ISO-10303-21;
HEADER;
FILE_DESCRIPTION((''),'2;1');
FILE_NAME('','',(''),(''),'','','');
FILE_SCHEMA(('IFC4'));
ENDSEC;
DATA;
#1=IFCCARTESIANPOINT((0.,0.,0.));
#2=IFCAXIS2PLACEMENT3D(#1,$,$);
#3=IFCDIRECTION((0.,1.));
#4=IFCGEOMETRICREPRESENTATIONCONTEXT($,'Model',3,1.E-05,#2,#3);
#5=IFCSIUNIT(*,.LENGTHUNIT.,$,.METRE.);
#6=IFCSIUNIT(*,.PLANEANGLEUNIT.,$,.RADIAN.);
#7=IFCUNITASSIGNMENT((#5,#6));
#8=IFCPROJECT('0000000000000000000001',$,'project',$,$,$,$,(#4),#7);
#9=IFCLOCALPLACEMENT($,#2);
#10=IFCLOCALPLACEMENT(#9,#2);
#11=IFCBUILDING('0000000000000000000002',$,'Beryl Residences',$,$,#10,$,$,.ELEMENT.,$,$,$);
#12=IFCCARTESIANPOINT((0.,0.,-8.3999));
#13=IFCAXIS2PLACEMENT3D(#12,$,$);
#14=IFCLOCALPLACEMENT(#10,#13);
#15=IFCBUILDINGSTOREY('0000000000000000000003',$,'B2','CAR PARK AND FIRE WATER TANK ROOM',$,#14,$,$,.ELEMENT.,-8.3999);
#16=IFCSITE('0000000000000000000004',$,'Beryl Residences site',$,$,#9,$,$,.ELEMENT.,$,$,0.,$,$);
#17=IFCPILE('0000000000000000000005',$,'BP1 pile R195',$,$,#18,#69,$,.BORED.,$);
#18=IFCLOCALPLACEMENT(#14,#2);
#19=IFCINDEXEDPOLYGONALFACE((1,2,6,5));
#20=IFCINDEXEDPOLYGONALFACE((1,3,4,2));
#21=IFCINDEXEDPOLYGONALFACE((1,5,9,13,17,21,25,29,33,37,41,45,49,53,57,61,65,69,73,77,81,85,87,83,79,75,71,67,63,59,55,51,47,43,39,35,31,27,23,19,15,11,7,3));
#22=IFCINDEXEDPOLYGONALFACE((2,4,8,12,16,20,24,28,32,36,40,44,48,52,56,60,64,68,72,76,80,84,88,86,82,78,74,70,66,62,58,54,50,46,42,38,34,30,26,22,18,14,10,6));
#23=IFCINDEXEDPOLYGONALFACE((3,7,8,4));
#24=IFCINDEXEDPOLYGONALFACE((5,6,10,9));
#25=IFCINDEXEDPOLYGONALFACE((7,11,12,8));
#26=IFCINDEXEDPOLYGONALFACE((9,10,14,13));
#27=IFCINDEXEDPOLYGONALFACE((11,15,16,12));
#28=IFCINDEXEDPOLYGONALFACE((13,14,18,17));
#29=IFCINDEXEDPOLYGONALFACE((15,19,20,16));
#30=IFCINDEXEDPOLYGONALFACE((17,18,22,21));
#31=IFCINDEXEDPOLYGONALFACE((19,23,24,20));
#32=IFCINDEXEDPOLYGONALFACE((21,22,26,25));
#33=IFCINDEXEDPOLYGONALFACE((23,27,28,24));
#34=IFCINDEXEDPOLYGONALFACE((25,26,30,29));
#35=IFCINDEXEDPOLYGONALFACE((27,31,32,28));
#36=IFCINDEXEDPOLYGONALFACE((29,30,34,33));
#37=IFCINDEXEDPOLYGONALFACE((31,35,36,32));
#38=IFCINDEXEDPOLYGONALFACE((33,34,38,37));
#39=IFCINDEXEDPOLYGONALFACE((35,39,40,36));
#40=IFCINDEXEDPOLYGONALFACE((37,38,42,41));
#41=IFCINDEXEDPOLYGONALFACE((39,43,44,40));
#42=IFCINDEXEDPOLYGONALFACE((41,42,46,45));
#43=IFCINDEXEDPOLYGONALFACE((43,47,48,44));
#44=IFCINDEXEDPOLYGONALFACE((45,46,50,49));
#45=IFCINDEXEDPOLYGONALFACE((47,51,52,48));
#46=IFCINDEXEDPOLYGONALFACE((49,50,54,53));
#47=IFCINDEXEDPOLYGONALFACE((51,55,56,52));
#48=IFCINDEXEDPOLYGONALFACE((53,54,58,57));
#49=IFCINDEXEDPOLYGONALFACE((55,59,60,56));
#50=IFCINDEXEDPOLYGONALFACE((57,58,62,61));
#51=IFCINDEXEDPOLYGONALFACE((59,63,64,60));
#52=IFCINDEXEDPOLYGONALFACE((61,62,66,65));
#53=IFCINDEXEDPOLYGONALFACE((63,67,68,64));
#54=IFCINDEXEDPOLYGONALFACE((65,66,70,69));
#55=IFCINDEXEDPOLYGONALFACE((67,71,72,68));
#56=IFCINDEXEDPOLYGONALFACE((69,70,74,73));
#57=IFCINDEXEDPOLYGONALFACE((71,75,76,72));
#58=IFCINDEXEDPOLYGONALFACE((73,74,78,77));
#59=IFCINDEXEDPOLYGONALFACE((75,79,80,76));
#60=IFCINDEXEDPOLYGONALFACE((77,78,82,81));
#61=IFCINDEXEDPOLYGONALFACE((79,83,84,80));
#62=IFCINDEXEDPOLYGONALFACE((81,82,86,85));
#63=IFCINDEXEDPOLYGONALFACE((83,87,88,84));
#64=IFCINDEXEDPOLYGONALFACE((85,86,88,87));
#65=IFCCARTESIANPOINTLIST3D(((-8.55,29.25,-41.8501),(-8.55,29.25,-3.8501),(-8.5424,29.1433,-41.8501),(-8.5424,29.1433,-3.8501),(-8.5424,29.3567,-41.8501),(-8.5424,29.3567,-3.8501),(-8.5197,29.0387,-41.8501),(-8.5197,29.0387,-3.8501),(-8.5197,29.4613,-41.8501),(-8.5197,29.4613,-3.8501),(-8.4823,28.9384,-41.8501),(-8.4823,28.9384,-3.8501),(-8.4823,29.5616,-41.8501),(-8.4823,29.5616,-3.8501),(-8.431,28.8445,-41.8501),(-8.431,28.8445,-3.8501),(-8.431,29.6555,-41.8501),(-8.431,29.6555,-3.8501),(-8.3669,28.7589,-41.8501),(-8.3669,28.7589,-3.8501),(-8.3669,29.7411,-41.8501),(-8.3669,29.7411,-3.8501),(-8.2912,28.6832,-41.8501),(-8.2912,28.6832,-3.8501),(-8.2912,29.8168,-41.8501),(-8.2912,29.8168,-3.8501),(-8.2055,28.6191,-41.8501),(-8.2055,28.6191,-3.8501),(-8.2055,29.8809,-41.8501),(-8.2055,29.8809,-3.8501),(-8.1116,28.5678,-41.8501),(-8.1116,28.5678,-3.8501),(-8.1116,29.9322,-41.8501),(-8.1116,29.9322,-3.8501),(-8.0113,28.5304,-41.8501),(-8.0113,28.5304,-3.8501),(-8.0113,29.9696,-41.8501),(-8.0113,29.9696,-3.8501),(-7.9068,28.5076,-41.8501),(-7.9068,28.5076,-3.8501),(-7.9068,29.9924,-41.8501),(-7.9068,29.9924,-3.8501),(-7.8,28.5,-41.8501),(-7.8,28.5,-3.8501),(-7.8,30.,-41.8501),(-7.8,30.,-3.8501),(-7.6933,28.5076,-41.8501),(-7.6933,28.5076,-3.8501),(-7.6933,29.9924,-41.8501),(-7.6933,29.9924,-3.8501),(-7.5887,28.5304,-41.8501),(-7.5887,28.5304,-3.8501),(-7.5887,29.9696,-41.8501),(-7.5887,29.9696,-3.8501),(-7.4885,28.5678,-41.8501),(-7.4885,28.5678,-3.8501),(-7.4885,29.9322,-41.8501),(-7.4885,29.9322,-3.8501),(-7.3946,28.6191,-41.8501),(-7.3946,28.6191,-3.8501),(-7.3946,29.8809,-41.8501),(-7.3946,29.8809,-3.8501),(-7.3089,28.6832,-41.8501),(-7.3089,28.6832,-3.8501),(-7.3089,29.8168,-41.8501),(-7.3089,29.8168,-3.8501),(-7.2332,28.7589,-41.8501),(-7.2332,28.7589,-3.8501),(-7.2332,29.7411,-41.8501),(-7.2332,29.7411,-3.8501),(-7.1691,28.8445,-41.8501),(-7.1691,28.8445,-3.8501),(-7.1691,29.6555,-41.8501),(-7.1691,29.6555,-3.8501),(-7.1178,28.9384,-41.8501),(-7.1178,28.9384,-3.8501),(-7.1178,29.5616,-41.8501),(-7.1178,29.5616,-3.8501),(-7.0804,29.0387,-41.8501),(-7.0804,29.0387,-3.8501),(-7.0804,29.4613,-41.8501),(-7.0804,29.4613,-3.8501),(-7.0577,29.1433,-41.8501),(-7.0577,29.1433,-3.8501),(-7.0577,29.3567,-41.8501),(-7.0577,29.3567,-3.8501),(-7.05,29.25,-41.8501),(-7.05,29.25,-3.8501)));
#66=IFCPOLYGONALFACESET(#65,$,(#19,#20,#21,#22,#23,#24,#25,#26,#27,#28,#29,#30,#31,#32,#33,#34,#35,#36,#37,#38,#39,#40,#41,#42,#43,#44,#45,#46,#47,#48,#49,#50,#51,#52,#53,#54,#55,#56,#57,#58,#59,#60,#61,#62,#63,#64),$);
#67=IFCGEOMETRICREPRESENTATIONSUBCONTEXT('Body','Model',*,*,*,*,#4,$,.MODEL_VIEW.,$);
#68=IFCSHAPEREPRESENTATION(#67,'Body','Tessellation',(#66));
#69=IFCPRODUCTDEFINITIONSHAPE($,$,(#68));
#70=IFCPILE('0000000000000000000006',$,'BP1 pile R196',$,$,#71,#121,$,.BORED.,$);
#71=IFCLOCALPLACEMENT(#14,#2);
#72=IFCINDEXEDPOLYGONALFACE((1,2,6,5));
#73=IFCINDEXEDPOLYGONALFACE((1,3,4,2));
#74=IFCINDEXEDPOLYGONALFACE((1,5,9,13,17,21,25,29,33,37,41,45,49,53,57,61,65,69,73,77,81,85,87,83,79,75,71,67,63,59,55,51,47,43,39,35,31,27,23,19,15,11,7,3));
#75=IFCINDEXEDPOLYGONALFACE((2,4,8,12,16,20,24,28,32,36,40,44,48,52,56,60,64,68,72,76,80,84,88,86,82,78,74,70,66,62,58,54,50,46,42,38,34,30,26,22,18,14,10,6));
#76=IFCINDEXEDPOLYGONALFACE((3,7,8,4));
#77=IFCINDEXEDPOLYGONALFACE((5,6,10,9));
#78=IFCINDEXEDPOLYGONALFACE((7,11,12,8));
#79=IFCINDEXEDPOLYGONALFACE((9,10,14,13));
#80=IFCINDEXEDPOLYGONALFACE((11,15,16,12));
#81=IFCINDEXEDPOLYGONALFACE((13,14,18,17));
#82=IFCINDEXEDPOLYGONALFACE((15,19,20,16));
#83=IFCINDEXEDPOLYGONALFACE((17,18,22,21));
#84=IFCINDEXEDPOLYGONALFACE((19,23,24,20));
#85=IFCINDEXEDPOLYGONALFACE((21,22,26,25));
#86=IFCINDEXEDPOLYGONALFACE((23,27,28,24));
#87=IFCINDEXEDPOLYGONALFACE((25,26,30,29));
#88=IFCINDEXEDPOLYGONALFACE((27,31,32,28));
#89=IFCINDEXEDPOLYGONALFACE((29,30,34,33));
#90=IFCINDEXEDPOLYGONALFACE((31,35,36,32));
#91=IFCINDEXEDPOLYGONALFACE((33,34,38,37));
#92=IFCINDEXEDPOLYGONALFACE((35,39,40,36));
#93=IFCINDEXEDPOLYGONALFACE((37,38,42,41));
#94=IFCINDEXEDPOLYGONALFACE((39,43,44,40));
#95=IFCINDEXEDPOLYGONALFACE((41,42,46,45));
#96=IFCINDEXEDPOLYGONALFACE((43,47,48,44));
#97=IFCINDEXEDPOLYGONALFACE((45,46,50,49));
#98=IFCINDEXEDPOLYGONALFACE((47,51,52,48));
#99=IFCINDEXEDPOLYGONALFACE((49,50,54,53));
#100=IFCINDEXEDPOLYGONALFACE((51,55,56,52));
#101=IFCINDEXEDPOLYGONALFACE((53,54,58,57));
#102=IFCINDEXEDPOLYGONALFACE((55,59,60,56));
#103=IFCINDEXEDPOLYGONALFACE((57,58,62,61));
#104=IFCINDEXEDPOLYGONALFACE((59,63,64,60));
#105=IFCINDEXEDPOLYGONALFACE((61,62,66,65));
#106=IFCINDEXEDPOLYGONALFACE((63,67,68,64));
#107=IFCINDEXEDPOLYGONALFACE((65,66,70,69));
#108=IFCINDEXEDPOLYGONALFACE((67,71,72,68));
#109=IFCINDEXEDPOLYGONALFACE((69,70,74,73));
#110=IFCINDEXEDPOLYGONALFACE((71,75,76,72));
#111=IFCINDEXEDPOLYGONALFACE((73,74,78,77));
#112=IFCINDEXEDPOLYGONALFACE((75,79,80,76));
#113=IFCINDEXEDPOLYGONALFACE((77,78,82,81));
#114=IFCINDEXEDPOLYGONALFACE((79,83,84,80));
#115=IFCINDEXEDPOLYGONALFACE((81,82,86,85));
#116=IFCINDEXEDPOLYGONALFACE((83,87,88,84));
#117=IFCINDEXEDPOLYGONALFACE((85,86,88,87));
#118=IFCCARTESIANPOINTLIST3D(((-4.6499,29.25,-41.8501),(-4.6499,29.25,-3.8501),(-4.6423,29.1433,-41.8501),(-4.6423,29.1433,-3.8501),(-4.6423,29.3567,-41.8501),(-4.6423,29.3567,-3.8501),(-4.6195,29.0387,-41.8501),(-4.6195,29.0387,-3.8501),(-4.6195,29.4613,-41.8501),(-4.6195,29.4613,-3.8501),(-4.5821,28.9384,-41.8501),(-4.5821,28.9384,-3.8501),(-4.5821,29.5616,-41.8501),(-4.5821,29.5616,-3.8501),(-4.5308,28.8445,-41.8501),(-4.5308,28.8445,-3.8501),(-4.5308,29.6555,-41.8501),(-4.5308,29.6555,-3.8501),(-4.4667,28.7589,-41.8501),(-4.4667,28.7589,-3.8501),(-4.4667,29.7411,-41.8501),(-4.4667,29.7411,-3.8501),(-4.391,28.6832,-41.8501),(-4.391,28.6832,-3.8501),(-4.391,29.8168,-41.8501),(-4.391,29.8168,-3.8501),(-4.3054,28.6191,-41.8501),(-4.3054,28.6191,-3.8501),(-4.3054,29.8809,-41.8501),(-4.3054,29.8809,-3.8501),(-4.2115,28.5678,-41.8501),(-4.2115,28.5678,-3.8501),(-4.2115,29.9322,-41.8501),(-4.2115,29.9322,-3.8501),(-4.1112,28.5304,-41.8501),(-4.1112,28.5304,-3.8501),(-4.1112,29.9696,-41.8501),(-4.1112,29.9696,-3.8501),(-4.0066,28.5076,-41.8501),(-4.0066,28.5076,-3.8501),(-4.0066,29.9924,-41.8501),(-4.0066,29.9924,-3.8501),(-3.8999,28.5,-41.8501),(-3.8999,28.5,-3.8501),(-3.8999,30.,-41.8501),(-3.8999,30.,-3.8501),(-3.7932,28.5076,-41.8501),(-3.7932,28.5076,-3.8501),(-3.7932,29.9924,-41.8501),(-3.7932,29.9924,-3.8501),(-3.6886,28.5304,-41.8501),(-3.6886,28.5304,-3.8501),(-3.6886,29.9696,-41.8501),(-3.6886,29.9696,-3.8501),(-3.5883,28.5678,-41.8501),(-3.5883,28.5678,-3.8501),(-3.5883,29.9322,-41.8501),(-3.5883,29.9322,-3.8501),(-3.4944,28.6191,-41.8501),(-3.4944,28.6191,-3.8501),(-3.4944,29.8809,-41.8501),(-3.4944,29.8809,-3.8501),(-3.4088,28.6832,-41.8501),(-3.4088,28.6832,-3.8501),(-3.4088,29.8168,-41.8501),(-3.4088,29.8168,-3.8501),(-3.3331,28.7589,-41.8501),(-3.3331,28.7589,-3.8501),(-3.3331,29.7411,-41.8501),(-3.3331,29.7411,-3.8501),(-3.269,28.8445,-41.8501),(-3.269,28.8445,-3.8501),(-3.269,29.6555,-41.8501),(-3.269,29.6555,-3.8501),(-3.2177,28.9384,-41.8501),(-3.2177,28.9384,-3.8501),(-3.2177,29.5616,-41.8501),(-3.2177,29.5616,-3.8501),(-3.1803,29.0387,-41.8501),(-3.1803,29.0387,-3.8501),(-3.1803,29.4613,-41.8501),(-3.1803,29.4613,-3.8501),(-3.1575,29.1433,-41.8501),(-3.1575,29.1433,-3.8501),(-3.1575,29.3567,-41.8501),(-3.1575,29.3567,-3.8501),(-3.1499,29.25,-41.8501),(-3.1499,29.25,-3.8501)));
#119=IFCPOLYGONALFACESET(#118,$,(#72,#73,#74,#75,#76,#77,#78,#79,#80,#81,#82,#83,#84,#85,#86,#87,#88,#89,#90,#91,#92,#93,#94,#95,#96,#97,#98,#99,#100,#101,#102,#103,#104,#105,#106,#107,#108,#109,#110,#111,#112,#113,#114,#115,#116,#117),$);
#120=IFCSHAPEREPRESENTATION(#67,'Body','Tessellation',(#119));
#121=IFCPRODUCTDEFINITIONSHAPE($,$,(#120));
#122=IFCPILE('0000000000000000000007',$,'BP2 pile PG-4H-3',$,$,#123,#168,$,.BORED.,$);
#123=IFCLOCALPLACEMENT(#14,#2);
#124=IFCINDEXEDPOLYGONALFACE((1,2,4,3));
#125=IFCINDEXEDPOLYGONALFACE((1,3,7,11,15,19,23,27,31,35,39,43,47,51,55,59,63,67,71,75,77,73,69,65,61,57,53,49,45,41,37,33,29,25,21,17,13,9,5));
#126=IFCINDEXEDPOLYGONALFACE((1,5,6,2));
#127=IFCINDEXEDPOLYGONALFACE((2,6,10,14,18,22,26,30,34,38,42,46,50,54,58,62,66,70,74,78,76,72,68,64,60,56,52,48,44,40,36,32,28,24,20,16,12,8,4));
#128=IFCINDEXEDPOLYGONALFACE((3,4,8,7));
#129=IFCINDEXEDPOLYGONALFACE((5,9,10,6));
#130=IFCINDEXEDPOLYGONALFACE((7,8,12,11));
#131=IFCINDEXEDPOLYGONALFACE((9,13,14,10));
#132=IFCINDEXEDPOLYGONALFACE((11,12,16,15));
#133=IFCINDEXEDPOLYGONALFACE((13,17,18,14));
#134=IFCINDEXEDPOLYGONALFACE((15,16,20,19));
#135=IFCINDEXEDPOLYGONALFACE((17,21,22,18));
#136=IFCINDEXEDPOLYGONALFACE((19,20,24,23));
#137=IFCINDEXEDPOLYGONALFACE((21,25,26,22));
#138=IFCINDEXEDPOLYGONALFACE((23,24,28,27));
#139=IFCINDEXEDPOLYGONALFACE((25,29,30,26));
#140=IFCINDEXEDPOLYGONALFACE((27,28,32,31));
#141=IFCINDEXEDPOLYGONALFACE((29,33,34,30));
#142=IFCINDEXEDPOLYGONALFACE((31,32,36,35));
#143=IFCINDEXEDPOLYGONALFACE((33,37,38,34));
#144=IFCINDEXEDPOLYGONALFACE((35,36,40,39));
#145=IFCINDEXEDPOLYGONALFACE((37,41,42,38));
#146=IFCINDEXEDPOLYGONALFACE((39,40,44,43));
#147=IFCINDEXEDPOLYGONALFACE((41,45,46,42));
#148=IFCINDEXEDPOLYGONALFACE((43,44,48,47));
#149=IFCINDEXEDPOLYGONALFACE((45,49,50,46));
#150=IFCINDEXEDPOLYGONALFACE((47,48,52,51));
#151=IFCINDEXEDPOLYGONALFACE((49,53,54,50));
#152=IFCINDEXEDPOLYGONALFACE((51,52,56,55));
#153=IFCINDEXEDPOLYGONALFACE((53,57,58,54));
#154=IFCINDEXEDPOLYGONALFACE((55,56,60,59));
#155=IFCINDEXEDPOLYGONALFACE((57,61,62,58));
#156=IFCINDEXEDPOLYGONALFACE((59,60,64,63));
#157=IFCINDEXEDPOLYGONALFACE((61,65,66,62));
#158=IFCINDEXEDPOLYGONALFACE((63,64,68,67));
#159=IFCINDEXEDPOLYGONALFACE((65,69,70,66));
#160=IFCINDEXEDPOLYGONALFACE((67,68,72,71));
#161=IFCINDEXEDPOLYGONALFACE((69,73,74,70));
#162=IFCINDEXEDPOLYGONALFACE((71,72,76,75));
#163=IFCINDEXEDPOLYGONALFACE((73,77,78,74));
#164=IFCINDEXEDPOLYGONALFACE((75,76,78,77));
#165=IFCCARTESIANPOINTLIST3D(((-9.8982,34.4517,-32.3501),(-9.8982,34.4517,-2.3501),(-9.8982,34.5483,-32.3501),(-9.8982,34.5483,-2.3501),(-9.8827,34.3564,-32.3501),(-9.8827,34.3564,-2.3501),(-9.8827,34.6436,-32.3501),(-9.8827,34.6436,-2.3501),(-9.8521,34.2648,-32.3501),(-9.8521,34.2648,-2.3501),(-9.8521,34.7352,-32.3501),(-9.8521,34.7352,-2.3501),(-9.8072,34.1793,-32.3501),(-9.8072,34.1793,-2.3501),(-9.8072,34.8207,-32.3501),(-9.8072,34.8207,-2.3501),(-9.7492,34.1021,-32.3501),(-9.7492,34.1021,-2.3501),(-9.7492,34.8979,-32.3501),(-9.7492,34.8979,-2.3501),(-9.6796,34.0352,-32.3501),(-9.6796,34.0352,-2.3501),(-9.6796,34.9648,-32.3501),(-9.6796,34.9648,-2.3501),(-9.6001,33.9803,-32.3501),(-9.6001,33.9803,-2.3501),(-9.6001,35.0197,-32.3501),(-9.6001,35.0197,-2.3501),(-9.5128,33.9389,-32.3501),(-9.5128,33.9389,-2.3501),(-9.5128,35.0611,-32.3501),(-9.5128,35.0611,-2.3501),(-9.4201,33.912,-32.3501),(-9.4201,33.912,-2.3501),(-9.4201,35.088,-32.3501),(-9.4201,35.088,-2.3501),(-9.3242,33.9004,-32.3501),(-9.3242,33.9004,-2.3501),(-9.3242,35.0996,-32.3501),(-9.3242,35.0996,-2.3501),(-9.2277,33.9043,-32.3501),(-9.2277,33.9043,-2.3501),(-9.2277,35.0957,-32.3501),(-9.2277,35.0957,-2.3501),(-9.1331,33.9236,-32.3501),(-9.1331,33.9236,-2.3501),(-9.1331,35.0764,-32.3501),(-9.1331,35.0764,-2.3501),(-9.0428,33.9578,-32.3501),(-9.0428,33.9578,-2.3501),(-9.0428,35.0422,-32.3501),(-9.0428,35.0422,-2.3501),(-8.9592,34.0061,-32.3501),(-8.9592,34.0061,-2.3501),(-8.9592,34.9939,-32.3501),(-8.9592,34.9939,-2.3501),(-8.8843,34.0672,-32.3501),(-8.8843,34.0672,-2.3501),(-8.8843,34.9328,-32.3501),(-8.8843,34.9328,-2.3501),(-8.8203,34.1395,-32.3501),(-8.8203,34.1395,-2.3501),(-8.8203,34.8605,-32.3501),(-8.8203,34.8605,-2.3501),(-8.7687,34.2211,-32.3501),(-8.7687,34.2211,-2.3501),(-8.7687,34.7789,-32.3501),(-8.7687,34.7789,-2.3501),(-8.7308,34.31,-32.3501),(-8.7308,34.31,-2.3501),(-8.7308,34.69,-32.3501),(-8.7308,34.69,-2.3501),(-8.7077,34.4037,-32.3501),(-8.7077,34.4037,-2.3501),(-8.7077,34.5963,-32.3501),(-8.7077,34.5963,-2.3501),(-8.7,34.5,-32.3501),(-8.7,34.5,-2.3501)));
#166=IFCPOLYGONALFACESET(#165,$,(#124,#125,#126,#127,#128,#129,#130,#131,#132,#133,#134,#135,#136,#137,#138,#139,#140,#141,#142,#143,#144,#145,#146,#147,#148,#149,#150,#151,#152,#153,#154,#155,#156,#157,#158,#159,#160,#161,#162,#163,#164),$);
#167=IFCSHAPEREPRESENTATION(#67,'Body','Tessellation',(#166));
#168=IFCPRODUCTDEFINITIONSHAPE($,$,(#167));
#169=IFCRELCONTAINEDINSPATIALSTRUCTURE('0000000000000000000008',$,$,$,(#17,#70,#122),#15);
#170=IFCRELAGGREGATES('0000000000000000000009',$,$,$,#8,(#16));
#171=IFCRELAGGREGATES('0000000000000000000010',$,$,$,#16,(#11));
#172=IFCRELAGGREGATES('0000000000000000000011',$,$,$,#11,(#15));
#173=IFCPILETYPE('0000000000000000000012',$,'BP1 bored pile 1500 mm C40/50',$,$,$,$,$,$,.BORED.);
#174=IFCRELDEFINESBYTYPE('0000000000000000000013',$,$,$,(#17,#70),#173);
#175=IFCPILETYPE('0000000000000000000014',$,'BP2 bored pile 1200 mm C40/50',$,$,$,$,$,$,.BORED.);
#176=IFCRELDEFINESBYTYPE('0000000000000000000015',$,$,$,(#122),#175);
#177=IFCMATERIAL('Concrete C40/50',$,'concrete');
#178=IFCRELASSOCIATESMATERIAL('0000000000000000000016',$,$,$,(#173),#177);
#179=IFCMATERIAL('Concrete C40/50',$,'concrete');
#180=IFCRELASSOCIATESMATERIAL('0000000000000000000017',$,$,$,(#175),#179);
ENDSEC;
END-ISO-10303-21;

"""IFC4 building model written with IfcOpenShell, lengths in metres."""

from ifc_helpers import new_model, si_unit, direction, frame, origin, origin_2d, place, context, subcontext, project, spatial, circle, extrude, material, material_profile, profile_set, type_object, element, save


model = new_model("IFC4")

# Units and contexts
model_context = context("Model", 3, precision=1e-05, world=origin(), true_north=direction((0.0, 1.0)))
body_context = subcontext(model_context, "Body", "Model", "MODEL_VIEW")
ifc_project = project(units=[si_unit("LENGTHUNIT", "METRE"), si_unit("PLANEANGLEUNIT", "RADIAN")], contexts=[model_context])

# Site, building, storey
site_placement = place(None, origin())
site = spatial("IfcSite", under=ifc_project, at=site_placement, Name="Beryl Residences site", CompositionType="ELEMENT", RefElevation=0.0)
building_placement = place(site_placement, origin())
building = spatial("IfcBuilding", under=site, at=building_placement, Name="Beryl Residences", CompositionType="ELEMENT")
storey_placement = place(building_placement, frame((0.0, 0.0, -8.3999)))
storey = spatial("IfcBuildingStorey", under=building, at=storey_placement, Name="B2", Description="CAR PARK AND FIRE WATER TANK ROOM", CompositionType="ELEMENT", Elevation=-8.3999)

# Piles
ifc_material_1 = material(Name="Concrete C40/50", Category="concrete")
ifc_material_profile_1 = material_profile(ifc_material_1, circle(Radius=0.75, at=origin_2d()))
ifc_profile_set_1 = profile_set([ifc_material_profile_1], Name="Concrete C40/50")
pile_type_1 = type_object("IfcPileType", Name="BP1 bored pile 1500 mm C40/50", PredefinedType="BORED", material=ifc_profile_set_1)
for number, where, z_axis, x_axis, name in (
    (1, (-7.8, 29.25, -3.8501), (0.0, 0.0, -1.0), (1.0, 0.0, 0.0), "BP1 pile R195"),
    (2, (-3.8999, 29.25, -3.8501), (0.0, 0.0, -1.0), (1.0, 0.0, 0.0), "BP1 pile R196"),
):
    element("IfcPile", number, at=place(storey_placement, frame(where, z_axis=z_axis, x_axis=x_axis)), inside=storey, type_object=pile_type_1, Name=name, PredefinedType="BORED", context=body_context, shape_type="SweptSolid", body=[
        extrude(circle(Radius=0.75, at=origin_2d()), origin(), (0.0, 0.0, 1.0), 38.0),
    ])
ifc_material_2 = material(Name="Concrete C40/50", Category="concrete")
ifc_material_profile_2 = material_profile(ifc_material_2, circle(Radius=0.6001, at=origin_2d()))
ifc_profile_set_2 = profile_set([ifc_material_profile_2], Name="Concrete C40/50")
pile_type_2 = type_object("IfcPileType", Name="BP2 bored pile 1200 mm C40/50", PredefinedType="BORED", material=ifc_profile_set_2)
for number, where, z_axis, x_axis, name in (
    (3, (-9.3, 34.5, -2.3501), (0.0, 0.0, -1.0), (1.0, 0.0, 0.0), "BP2 pile PG-4H-3"),
):
    element("IfcPile", number, at=place(storey_placement, frame(where, z_axis=z_axis, x_axis=x_axis)), inside=storey, type_object=pile_type_2, Name=name, PredefinedType="BORED", context=body_context, shape_type="SweptSolid", body=[
        extrude(circle(Radius=0.6001, at=origin_2d()), origin(), (0.0, 0.0, 1.0), 30.0),
    ])

save(model, "model.ifc")
